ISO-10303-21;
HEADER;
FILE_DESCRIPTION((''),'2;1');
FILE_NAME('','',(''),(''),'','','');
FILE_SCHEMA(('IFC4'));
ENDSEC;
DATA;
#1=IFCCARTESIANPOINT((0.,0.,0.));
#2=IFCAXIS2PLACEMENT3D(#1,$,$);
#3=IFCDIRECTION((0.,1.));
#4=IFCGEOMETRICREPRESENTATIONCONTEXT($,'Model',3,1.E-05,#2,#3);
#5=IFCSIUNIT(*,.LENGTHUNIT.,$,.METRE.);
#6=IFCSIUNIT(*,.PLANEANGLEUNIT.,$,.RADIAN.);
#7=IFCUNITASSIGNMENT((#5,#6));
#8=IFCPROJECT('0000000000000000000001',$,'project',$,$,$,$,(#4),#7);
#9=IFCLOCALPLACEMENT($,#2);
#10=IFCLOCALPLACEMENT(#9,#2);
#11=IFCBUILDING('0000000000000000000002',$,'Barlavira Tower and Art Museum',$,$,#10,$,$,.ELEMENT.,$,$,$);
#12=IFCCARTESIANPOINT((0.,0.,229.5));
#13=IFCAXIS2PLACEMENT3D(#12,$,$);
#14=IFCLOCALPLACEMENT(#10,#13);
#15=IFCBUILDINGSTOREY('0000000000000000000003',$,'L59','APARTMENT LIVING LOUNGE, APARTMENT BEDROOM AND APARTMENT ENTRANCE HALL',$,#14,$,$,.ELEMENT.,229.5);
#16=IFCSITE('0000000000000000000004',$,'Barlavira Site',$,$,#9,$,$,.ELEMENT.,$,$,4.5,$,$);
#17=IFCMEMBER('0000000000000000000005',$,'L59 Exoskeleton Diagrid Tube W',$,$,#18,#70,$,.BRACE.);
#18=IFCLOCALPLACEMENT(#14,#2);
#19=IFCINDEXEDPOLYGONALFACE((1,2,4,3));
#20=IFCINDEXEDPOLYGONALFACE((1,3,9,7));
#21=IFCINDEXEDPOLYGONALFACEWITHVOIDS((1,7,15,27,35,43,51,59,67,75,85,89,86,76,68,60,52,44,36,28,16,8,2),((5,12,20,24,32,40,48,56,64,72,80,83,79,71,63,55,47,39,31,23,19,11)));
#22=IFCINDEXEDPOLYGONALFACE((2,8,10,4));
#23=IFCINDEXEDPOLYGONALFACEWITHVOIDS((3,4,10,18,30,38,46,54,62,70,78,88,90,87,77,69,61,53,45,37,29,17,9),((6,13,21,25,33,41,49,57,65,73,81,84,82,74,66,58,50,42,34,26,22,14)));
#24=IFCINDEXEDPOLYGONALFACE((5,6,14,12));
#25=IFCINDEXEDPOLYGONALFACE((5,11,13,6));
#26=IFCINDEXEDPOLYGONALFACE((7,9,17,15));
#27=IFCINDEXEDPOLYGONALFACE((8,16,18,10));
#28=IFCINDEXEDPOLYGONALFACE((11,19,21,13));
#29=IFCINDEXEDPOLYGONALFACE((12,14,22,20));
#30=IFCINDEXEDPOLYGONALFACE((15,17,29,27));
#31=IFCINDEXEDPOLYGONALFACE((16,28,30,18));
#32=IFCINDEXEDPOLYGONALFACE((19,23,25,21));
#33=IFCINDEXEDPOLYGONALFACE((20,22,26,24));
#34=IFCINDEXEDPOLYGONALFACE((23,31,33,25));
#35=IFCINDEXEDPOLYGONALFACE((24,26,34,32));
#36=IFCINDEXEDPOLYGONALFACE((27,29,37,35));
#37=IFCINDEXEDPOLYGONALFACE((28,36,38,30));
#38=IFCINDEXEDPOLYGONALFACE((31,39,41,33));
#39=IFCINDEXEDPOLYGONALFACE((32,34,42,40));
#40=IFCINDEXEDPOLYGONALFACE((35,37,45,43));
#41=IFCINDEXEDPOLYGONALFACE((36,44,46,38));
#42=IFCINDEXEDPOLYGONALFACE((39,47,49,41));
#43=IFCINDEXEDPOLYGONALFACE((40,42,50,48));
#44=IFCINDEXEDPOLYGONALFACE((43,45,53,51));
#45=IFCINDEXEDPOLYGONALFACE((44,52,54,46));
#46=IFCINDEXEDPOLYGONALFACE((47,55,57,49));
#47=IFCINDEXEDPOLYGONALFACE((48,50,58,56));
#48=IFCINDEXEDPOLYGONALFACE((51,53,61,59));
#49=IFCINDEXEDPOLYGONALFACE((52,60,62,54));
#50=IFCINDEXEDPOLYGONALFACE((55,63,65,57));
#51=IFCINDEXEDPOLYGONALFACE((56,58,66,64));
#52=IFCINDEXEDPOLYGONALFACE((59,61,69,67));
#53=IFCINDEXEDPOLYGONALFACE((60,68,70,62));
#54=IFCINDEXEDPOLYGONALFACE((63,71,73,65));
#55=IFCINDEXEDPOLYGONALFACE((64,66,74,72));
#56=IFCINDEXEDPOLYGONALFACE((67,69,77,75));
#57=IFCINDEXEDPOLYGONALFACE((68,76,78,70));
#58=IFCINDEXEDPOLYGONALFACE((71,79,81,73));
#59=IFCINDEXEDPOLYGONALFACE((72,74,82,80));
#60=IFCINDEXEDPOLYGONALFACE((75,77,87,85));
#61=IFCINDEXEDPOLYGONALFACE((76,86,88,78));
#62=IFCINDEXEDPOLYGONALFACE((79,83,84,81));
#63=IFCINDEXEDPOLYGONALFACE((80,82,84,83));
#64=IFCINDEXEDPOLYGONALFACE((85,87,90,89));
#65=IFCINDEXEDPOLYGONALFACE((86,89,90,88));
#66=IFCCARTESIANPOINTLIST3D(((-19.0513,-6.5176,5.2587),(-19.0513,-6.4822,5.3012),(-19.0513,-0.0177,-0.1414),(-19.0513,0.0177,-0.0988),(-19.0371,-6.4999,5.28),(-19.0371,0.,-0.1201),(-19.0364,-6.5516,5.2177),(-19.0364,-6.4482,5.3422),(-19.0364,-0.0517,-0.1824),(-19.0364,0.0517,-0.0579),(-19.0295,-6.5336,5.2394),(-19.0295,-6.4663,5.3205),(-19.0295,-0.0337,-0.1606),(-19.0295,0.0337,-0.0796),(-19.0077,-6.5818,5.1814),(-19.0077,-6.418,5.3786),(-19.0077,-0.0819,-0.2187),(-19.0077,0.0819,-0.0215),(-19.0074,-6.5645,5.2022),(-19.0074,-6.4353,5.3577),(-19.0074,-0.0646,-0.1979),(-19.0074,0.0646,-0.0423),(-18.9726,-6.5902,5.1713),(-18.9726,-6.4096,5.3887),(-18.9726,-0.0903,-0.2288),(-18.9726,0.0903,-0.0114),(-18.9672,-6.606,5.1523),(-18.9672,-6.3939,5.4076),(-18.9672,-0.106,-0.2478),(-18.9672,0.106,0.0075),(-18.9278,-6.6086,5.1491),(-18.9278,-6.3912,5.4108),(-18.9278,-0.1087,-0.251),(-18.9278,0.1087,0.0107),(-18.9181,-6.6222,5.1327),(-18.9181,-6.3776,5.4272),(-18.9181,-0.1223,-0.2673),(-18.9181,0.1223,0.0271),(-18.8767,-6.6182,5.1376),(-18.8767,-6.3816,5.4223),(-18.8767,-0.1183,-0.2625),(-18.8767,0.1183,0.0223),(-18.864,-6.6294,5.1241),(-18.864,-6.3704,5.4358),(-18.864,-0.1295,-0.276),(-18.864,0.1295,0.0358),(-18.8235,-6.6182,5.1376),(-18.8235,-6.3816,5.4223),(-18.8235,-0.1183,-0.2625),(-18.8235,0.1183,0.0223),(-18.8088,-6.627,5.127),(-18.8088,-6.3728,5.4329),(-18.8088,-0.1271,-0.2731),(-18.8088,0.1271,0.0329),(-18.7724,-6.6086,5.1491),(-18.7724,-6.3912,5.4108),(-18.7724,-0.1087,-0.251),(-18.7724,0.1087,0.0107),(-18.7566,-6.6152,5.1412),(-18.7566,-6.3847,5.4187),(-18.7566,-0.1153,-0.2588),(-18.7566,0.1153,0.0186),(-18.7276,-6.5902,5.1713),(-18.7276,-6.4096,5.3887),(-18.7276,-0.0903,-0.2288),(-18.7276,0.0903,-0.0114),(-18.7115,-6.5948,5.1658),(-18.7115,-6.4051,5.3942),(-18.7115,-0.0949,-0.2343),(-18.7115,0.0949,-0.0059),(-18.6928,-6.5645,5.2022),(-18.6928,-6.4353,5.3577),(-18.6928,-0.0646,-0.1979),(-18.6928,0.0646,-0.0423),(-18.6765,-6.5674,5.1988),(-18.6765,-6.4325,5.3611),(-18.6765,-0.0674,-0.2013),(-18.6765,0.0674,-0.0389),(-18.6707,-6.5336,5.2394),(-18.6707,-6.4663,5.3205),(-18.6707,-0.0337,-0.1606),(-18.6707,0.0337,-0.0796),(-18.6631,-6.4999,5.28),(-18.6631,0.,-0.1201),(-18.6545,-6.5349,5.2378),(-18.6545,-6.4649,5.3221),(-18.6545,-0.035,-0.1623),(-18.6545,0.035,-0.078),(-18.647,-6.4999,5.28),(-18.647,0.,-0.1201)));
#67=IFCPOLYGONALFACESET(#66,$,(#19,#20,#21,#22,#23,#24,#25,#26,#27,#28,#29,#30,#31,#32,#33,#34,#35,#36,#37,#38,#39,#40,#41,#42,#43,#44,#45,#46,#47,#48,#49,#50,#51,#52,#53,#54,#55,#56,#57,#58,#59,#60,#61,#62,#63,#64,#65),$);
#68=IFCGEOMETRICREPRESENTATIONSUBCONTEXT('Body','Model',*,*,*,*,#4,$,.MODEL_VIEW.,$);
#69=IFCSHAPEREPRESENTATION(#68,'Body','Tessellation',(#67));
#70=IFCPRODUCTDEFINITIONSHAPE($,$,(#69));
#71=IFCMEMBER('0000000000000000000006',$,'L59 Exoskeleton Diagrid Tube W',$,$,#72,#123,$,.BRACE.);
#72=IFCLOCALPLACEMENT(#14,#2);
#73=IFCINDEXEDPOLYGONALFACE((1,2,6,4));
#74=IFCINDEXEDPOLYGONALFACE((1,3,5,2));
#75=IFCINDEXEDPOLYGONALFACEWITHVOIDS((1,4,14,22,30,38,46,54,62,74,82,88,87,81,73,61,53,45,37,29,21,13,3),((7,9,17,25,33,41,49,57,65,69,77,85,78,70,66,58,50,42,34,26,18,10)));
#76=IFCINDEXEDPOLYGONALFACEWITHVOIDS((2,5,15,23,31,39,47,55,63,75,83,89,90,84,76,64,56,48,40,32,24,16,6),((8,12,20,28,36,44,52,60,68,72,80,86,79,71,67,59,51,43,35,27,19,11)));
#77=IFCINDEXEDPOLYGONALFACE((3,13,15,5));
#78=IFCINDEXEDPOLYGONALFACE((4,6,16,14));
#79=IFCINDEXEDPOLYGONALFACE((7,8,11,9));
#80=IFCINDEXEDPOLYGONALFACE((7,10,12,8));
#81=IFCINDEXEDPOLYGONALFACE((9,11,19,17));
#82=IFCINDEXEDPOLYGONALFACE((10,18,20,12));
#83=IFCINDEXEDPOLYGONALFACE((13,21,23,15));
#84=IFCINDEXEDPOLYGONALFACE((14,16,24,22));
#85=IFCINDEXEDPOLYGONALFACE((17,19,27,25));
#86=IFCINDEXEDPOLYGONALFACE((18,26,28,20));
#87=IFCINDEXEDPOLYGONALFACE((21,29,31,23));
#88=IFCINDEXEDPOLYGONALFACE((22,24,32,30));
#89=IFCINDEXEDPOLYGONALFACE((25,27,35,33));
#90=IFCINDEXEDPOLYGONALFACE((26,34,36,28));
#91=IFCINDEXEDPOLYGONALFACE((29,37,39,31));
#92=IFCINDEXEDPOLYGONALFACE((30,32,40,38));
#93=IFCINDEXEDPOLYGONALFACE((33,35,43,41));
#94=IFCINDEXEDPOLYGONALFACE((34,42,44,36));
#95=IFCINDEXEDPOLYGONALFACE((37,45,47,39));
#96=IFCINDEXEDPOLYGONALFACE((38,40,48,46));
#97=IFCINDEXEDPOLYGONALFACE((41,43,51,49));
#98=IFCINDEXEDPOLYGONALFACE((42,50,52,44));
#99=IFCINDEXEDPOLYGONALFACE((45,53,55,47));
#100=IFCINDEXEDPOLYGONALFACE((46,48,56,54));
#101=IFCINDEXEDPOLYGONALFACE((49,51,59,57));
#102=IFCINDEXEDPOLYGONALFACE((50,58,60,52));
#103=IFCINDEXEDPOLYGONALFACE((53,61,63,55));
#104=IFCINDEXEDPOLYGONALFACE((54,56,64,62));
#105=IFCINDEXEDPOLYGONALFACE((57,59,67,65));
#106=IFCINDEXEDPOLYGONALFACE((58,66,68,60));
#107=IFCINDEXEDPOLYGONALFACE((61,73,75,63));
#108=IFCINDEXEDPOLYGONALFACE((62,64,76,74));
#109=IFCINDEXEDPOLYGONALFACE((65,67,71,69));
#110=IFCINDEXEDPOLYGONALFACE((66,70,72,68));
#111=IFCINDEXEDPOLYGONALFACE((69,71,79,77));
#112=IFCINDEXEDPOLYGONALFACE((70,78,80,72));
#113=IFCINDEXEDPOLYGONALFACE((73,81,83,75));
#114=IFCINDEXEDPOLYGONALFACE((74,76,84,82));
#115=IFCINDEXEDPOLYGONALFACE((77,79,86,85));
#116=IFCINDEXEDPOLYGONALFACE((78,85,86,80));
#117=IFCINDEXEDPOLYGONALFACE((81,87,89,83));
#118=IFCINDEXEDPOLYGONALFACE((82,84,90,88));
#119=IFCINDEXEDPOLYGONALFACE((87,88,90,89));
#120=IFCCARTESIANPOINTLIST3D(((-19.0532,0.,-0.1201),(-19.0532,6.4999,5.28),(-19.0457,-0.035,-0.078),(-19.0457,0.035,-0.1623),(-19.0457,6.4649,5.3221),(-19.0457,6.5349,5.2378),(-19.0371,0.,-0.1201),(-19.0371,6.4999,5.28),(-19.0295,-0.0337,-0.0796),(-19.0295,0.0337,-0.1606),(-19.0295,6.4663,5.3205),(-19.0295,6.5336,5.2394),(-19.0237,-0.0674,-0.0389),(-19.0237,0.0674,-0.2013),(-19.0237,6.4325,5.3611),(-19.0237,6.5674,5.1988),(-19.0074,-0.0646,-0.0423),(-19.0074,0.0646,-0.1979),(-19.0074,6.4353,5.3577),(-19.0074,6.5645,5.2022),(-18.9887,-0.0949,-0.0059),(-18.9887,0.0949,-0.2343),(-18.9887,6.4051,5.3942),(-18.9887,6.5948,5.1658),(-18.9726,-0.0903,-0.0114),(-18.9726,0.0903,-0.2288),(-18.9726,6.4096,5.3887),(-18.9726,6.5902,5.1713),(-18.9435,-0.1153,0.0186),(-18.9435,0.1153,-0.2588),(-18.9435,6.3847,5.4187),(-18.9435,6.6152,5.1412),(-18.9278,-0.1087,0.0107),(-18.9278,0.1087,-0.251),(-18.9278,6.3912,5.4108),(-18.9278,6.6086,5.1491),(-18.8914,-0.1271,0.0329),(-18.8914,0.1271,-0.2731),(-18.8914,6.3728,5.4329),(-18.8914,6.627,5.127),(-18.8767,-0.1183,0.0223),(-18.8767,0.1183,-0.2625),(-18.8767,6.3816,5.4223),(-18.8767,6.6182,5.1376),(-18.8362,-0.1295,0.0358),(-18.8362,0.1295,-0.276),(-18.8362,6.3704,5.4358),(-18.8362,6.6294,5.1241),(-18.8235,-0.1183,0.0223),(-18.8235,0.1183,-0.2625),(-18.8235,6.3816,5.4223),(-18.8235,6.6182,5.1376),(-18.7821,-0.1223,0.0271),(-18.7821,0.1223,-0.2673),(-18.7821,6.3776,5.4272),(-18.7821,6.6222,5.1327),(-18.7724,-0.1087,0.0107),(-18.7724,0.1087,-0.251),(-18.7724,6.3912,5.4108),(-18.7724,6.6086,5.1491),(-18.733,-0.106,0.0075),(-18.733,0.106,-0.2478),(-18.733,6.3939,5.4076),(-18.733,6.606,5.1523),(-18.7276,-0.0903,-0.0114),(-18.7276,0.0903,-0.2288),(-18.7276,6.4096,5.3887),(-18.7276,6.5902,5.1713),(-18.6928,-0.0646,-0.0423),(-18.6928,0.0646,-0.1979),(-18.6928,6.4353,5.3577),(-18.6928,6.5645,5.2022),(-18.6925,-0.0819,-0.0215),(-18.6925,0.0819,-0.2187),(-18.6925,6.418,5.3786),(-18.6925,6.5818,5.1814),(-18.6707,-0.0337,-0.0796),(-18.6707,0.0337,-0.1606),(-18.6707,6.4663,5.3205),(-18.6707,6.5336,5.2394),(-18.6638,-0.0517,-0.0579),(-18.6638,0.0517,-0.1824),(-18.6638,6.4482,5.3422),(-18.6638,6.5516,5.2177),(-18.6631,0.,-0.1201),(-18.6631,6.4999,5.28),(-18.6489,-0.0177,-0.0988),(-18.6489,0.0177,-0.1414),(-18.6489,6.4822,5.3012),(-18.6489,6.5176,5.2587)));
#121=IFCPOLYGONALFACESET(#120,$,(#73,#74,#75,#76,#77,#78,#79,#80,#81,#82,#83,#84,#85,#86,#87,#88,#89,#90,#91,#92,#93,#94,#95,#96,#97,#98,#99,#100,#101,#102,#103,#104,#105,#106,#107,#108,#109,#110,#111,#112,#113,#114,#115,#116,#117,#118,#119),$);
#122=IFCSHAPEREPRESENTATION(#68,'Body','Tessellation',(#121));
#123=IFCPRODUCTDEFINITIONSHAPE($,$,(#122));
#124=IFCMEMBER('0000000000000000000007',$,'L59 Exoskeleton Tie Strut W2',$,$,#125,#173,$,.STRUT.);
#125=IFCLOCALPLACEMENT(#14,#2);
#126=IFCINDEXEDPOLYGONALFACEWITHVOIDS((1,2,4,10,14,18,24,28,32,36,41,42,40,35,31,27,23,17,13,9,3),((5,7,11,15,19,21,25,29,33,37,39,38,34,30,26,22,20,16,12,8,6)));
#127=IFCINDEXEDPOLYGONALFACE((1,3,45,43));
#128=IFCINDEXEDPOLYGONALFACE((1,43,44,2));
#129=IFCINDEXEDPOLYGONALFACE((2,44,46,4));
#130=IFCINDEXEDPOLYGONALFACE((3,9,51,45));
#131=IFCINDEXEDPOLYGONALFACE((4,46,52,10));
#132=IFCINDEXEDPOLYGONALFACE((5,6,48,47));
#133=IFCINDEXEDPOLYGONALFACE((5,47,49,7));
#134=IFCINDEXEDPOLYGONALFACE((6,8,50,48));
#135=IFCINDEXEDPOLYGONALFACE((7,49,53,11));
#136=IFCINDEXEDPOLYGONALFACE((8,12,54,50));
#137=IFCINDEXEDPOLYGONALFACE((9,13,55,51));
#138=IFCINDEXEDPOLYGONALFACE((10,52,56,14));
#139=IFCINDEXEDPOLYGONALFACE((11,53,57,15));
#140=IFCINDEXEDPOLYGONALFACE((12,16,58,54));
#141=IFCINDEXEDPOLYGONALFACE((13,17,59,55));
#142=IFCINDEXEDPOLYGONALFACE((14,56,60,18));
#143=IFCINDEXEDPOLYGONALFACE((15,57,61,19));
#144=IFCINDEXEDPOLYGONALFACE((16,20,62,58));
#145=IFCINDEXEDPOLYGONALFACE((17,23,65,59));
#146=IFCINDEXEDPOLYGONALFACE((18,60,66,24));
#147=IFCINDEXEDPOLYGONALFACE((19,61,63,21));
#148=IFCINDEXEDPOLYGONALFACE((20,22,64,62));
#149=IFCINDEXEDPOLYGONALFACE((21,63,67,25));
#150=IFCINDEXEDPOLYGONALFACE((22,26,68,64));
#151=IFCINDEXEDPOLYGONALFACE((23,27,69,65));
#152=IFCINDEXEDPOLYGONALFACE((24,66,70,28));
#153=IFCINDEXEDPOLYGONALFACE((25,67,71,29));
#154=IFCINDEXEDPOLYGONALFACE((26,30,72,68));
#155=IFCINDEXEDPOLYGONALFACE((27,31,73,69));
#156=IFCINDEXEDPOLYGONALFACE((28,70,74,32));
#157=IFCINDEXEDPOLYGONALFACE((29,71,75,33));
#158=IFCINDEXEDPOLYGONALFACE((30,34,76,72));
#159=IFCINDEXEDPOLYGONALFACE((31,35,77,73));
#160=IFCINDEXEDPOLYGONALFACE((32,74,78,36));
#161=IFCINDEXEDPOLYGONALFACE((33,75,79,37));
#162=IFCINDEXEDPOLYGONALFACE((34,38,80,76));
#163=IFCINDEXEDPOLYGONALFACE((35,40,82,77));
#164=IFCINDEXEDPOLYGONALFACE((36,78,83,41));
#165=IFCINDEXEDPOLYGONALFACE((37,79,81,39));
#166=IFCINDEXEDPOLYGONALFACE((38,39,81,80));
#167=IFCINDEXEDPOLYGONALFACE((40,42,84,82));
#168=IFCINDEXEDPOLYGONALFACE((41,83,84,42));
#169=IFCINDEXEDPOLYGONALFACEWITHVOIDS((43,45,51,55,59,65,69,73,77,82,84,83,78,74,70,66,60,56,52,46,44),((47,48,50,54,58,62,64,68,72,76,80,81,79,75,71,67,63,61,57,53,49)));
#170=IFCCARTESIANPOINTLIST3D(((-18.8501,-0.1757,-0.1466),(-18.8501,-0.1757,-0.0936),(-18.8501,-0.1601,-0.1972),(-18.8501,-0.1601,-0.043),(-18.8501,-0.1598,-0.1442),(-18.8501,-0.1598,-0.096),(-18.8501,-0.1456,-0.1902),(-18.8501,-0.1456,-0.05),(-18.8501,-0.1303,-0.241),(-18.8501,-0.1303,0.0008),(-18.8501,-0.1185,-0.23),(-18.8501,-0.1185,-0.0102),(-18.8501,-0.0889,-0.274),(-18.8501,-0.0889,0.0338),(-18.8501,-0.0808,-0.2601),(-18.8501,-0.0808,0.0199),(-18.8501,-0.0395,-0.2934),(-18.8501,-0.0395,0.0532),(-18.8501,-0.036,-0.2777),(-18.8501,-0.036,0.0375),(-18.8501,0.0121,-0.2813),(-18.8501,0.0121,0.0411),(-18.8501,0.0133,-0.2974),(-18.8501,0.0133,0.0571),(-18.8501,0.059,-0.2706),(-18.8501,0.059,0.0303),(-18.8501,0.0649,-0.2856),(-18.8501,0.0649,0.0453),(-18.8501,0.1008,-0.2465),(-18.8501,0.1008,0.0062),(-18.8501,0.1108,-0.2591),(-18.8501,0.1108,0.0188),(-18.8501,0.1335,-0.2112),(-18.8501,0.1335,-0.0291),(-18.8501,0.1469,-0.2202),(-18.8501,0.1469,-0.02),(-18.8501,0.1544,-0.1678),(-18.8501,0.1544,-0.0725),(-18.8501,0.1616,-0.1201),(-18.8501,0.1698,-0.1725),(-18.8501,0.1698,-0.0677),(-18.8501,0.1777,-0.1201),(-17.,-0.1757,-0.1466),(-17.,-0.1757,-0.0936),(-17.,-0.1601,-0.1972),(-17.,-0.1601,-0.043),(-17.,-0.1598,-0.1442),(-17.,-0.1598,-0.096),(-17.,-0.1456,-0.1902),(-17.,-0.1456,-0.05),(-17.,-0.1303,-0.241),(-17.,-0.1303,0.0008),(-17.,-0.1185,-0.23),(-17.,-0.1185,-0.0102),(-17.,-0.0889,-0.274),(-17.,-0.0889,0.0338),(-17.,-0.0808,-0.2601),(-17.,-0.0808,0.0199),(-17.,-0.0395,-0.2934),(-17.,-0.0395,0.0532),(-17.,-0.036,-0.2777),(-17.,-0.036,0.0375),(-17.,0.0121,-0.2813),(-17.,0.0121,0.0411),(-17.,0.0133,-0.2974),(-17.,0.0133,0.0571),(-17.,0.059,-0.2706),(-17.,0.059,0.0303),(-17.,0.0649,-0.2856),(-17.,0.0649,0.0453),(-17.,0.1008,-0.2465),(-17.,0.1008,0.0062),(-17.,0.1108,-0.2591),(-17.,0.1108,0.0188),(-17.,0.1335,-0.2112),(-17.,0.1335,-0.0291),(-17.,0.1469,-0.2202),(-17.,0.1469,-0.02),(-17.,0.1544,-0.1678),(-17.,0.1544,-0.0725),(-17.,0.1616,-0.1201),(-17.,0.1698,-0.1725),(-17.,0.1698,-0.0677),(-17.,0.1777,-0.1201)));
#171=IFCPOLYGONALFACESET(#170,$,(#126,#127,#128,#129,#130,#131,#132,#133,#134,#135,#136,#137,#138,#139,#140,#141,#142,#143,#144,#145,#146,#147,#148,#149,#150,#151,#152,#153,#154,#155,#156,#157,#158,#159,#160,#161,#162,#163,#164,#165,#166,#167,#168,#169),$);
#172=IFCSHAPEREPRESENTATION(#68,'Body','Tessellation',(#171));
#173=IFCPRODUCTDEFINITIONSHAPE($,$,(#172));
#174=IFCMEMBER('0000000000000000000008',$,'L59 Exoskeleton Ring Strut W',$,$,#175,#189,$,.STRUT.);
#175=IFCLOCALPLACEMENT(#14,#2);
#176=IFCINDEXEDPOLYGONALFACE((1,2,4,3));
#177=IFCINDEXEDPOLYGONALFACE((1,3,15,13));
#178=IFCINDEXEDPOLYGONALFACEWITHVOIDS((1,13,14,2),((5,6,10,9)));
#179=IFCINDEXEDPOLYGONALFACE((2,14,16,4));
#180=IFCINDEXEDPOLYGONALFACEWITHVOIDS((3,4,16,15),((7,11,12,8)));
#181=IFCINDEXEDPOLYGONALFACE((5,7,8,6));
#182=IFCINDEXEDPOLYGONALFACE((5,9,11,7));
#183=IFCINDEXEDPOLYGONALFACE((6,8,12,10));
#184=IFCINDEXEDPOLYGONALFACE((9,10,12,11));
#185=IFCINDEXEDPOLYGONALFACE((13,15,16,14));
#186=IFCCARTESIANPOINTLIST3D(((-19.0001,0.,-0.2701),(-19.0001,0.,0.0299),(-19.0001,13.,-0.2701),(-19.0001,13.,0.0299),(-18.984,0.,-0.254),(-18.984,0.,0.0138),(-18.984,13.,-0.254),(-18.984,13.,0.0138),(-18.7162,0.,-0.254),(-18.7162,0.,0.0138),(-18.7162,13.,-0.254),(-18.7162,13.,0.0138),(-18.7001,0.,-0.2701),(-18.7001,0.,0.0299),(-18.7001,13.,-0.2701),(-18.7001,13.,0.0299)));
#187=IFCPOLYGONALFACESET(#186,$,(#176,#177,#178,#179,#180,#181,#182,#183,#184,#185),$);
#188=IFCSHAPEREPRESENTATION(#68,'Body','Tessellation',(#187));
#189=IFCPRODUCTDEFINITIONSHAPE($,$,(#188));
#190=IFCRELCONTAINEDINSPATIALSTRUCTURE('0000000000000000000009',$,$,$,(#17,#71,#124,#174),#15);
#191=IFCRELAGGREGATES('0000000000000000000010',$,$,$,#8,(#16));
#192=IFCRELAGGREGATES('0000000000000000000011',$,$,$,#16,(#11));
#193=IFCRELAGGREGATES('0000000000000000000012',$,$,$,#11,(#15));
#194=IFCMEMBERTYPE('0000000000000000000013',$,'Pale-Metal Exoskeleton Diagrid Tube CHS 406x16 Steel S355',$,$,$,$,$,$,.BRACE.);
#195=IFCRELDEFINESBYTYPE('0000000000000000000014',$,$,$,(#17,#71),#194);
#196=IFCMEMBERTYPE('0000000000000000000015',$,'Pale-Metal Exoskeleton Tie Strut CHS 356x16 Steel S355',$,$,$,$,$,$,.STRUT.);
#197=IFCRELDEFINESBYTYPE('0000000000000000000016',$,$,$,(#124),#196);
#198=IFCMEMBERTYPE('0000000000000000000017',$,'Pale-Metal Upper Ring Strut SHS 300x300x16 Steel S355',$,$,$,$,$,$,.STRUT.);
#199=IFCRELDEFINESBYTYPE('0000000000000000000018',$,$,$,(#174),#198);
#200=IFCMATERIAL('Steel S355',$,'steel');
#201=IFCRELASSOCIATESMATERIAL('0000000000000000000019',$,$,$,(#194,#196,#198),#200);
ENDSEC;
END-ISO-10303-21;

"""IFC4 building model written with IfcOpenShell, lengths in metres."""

from ifc_helpers import new_model, si_unit, direction, frame, origin, origin_2d, place, context, subcontext, project, spatial, hollow_rectangle, hollow_circle, extrude, material, material_profile, profile_set, type_object, element, save


model = new_model("IFC4")

# Units and contexts
model_context = context("Model", 3, precision=1e-05, world=origin(), true_north=direction((0.0, 1.0)))
body_context = subcontext(model_context, "Body", "Model", "MODEL_VIEW")
ifc_project = project(units=[si_unit("LENGTHUNIT", "METRE"), si_unit("PLANEANGLEUNIT", "RADIAN")], contexts=[model_context])

# Site, building, storey
site_placement = place(None, origin())
site = spatial("IfcSite", under=ifc_project, at=site_placement, Name="Barlavira Site", CompositionType="ELEMENT", RefElevation=4.5)
building_placement = place(site_placement, origin())
building = spatial("IfcBuilding", under=site, at=building_placement, Name="Barlavira Tower and Art Museum", CompositionType="ELEMENT")
storey_placement = place(building_placement, frame((0.0, 0.0, 229.5)))
storey = spatial("IfcBuildingStorey", under=building, at=storey_placement, Name="L59", Description="APARTMENT LIVING LOUNGE, APARTMENT BEDROOM AND APARTMENT ENTRANCE HALL", CompositionType="ELEMENT", Elevation=229.5)

# Members
ifc_material_1 = material(Name="Steel S355", Category="steel")
ifc_material_profile_1 = material_profile(ifc_material_1, hollow_circle(Radius=0.2031, WallThickness=0.0161, at=origin_2d()), Name="CHS 406.4x16.0")
ifc_profile_set_1 = profile_set([ifc_material_profile_1], Name="Steel S355")
member_type_1 = type_object("IfcMemberType", Name="Pale-Metal Exoskeleton Diagrid Tube CHS 406x16 Steel S355", PredefinedType="BRACE", material=ifc_profile_set_1)
for number, where, z_axis, x_axis, name in (
    (1, (-18.8501, 0.0, -0.1201), (0.0, -0.769182, 0.63903), (1.0, 0.0, 0.0), "L59 Exoskeleton Diagrid Tube W"),
    (2, (-18.8501, 0.0, -0.1201), (0.0, 0.769182, 0.63903), (-1.0, 0.0, 0.0), "L59 Exoskeleton Diagrid Tube W"),
):
    element("IfcMember", number, at=place(storey_placement, frame(where, z_axis=z_axis, x_axis=x_axis)), inside=storey, type_object=member_type_1, Name=name, PredefinedType="BRACE", context=body_context, shape_type="SweptSolid", body=[
        extrude(hollow_circle(Radius=0.2031, WallThickness=0.0161, at=origin_2d()), origin(), (0.0, 0.0, 1.0), 8.4504),
    ])
ifc_material_profile_2 = material_profile(ifc_material_1, hollow_circle(Radius=0.1777, WallThickness=0.0161, at=origin_2d()), Name="CHS 355.6x16.0")
ifc_profile_set_2 = profile_set([ifc_material_profile_2], Name="Steel S355")
member_type_2 = type_object("IfcMemberType", Name="Pale-Metal Exoskeleton Tie Strut CHS 356x16 Steel S355", PredefinedType="STRUT", material=ifc_profile_set_2)
member_1_placement = place(storey_placement, frame((-18.8501, 0.0, -0.1201), z_axis=(1.0, 0.0, 0.0), x_axis=(0.0, 1.0, 0.0)))
element("IfcMember", 3, at=member_1_placement, inside=storey, type_object=member_type_2, Name="L59 Exoskeleton Tie Strut W2", PredefinedType="STRUT", context=body_context, shape_type="SweptSolid", body=[
    extrude(hollow_circle(Radius=0.1777, WallThickness=0.0161, at=origin_2d()), origin(), (0.0, 0.0, 1.0), 1.8501),
])
ifc_material_profile_3 = material_profile(ifc_material_1, hollow_rectangle(XDim=0.3, YDim=0.3, WallThickness=0.0161, at=origin_2d()), Name="SHS 300x300x16.0")
ifc_profile_set_3 = profile_set([ifc_material_profile_3], Name="Steel S355")
member_type_3 = type_object("IfcMemberType", Name="Pale-Metal Upper Ring Strut SHS 300x300x16 Steel S355", PredefinedType="STRUT", material=ifc_profile_set_3)
member_2_placement = place(storey_placement, frame((-18.8501, 0.0, -0.1201), z_axis=(0.0, 1.0, 0.0), x_axis=(-1.0, 0.0, 0.0)))
element("IfcMember", 4, at=member_2_placement, inside=storey, type_object=member_type_3, Name="L59 Exoskeleton Ring Strut W", PredefinedType="STRUT", context=body_context, shape_type="SweptSolid", body=[
    extrude(hollow_rectangle(XDim=0.3, YDim=0.3, WallThickness=0.0161, at=origin_2d()), origin(), (0.0, 0.0, 1.0), 13.0),
])

save(model, "model.ifc")
